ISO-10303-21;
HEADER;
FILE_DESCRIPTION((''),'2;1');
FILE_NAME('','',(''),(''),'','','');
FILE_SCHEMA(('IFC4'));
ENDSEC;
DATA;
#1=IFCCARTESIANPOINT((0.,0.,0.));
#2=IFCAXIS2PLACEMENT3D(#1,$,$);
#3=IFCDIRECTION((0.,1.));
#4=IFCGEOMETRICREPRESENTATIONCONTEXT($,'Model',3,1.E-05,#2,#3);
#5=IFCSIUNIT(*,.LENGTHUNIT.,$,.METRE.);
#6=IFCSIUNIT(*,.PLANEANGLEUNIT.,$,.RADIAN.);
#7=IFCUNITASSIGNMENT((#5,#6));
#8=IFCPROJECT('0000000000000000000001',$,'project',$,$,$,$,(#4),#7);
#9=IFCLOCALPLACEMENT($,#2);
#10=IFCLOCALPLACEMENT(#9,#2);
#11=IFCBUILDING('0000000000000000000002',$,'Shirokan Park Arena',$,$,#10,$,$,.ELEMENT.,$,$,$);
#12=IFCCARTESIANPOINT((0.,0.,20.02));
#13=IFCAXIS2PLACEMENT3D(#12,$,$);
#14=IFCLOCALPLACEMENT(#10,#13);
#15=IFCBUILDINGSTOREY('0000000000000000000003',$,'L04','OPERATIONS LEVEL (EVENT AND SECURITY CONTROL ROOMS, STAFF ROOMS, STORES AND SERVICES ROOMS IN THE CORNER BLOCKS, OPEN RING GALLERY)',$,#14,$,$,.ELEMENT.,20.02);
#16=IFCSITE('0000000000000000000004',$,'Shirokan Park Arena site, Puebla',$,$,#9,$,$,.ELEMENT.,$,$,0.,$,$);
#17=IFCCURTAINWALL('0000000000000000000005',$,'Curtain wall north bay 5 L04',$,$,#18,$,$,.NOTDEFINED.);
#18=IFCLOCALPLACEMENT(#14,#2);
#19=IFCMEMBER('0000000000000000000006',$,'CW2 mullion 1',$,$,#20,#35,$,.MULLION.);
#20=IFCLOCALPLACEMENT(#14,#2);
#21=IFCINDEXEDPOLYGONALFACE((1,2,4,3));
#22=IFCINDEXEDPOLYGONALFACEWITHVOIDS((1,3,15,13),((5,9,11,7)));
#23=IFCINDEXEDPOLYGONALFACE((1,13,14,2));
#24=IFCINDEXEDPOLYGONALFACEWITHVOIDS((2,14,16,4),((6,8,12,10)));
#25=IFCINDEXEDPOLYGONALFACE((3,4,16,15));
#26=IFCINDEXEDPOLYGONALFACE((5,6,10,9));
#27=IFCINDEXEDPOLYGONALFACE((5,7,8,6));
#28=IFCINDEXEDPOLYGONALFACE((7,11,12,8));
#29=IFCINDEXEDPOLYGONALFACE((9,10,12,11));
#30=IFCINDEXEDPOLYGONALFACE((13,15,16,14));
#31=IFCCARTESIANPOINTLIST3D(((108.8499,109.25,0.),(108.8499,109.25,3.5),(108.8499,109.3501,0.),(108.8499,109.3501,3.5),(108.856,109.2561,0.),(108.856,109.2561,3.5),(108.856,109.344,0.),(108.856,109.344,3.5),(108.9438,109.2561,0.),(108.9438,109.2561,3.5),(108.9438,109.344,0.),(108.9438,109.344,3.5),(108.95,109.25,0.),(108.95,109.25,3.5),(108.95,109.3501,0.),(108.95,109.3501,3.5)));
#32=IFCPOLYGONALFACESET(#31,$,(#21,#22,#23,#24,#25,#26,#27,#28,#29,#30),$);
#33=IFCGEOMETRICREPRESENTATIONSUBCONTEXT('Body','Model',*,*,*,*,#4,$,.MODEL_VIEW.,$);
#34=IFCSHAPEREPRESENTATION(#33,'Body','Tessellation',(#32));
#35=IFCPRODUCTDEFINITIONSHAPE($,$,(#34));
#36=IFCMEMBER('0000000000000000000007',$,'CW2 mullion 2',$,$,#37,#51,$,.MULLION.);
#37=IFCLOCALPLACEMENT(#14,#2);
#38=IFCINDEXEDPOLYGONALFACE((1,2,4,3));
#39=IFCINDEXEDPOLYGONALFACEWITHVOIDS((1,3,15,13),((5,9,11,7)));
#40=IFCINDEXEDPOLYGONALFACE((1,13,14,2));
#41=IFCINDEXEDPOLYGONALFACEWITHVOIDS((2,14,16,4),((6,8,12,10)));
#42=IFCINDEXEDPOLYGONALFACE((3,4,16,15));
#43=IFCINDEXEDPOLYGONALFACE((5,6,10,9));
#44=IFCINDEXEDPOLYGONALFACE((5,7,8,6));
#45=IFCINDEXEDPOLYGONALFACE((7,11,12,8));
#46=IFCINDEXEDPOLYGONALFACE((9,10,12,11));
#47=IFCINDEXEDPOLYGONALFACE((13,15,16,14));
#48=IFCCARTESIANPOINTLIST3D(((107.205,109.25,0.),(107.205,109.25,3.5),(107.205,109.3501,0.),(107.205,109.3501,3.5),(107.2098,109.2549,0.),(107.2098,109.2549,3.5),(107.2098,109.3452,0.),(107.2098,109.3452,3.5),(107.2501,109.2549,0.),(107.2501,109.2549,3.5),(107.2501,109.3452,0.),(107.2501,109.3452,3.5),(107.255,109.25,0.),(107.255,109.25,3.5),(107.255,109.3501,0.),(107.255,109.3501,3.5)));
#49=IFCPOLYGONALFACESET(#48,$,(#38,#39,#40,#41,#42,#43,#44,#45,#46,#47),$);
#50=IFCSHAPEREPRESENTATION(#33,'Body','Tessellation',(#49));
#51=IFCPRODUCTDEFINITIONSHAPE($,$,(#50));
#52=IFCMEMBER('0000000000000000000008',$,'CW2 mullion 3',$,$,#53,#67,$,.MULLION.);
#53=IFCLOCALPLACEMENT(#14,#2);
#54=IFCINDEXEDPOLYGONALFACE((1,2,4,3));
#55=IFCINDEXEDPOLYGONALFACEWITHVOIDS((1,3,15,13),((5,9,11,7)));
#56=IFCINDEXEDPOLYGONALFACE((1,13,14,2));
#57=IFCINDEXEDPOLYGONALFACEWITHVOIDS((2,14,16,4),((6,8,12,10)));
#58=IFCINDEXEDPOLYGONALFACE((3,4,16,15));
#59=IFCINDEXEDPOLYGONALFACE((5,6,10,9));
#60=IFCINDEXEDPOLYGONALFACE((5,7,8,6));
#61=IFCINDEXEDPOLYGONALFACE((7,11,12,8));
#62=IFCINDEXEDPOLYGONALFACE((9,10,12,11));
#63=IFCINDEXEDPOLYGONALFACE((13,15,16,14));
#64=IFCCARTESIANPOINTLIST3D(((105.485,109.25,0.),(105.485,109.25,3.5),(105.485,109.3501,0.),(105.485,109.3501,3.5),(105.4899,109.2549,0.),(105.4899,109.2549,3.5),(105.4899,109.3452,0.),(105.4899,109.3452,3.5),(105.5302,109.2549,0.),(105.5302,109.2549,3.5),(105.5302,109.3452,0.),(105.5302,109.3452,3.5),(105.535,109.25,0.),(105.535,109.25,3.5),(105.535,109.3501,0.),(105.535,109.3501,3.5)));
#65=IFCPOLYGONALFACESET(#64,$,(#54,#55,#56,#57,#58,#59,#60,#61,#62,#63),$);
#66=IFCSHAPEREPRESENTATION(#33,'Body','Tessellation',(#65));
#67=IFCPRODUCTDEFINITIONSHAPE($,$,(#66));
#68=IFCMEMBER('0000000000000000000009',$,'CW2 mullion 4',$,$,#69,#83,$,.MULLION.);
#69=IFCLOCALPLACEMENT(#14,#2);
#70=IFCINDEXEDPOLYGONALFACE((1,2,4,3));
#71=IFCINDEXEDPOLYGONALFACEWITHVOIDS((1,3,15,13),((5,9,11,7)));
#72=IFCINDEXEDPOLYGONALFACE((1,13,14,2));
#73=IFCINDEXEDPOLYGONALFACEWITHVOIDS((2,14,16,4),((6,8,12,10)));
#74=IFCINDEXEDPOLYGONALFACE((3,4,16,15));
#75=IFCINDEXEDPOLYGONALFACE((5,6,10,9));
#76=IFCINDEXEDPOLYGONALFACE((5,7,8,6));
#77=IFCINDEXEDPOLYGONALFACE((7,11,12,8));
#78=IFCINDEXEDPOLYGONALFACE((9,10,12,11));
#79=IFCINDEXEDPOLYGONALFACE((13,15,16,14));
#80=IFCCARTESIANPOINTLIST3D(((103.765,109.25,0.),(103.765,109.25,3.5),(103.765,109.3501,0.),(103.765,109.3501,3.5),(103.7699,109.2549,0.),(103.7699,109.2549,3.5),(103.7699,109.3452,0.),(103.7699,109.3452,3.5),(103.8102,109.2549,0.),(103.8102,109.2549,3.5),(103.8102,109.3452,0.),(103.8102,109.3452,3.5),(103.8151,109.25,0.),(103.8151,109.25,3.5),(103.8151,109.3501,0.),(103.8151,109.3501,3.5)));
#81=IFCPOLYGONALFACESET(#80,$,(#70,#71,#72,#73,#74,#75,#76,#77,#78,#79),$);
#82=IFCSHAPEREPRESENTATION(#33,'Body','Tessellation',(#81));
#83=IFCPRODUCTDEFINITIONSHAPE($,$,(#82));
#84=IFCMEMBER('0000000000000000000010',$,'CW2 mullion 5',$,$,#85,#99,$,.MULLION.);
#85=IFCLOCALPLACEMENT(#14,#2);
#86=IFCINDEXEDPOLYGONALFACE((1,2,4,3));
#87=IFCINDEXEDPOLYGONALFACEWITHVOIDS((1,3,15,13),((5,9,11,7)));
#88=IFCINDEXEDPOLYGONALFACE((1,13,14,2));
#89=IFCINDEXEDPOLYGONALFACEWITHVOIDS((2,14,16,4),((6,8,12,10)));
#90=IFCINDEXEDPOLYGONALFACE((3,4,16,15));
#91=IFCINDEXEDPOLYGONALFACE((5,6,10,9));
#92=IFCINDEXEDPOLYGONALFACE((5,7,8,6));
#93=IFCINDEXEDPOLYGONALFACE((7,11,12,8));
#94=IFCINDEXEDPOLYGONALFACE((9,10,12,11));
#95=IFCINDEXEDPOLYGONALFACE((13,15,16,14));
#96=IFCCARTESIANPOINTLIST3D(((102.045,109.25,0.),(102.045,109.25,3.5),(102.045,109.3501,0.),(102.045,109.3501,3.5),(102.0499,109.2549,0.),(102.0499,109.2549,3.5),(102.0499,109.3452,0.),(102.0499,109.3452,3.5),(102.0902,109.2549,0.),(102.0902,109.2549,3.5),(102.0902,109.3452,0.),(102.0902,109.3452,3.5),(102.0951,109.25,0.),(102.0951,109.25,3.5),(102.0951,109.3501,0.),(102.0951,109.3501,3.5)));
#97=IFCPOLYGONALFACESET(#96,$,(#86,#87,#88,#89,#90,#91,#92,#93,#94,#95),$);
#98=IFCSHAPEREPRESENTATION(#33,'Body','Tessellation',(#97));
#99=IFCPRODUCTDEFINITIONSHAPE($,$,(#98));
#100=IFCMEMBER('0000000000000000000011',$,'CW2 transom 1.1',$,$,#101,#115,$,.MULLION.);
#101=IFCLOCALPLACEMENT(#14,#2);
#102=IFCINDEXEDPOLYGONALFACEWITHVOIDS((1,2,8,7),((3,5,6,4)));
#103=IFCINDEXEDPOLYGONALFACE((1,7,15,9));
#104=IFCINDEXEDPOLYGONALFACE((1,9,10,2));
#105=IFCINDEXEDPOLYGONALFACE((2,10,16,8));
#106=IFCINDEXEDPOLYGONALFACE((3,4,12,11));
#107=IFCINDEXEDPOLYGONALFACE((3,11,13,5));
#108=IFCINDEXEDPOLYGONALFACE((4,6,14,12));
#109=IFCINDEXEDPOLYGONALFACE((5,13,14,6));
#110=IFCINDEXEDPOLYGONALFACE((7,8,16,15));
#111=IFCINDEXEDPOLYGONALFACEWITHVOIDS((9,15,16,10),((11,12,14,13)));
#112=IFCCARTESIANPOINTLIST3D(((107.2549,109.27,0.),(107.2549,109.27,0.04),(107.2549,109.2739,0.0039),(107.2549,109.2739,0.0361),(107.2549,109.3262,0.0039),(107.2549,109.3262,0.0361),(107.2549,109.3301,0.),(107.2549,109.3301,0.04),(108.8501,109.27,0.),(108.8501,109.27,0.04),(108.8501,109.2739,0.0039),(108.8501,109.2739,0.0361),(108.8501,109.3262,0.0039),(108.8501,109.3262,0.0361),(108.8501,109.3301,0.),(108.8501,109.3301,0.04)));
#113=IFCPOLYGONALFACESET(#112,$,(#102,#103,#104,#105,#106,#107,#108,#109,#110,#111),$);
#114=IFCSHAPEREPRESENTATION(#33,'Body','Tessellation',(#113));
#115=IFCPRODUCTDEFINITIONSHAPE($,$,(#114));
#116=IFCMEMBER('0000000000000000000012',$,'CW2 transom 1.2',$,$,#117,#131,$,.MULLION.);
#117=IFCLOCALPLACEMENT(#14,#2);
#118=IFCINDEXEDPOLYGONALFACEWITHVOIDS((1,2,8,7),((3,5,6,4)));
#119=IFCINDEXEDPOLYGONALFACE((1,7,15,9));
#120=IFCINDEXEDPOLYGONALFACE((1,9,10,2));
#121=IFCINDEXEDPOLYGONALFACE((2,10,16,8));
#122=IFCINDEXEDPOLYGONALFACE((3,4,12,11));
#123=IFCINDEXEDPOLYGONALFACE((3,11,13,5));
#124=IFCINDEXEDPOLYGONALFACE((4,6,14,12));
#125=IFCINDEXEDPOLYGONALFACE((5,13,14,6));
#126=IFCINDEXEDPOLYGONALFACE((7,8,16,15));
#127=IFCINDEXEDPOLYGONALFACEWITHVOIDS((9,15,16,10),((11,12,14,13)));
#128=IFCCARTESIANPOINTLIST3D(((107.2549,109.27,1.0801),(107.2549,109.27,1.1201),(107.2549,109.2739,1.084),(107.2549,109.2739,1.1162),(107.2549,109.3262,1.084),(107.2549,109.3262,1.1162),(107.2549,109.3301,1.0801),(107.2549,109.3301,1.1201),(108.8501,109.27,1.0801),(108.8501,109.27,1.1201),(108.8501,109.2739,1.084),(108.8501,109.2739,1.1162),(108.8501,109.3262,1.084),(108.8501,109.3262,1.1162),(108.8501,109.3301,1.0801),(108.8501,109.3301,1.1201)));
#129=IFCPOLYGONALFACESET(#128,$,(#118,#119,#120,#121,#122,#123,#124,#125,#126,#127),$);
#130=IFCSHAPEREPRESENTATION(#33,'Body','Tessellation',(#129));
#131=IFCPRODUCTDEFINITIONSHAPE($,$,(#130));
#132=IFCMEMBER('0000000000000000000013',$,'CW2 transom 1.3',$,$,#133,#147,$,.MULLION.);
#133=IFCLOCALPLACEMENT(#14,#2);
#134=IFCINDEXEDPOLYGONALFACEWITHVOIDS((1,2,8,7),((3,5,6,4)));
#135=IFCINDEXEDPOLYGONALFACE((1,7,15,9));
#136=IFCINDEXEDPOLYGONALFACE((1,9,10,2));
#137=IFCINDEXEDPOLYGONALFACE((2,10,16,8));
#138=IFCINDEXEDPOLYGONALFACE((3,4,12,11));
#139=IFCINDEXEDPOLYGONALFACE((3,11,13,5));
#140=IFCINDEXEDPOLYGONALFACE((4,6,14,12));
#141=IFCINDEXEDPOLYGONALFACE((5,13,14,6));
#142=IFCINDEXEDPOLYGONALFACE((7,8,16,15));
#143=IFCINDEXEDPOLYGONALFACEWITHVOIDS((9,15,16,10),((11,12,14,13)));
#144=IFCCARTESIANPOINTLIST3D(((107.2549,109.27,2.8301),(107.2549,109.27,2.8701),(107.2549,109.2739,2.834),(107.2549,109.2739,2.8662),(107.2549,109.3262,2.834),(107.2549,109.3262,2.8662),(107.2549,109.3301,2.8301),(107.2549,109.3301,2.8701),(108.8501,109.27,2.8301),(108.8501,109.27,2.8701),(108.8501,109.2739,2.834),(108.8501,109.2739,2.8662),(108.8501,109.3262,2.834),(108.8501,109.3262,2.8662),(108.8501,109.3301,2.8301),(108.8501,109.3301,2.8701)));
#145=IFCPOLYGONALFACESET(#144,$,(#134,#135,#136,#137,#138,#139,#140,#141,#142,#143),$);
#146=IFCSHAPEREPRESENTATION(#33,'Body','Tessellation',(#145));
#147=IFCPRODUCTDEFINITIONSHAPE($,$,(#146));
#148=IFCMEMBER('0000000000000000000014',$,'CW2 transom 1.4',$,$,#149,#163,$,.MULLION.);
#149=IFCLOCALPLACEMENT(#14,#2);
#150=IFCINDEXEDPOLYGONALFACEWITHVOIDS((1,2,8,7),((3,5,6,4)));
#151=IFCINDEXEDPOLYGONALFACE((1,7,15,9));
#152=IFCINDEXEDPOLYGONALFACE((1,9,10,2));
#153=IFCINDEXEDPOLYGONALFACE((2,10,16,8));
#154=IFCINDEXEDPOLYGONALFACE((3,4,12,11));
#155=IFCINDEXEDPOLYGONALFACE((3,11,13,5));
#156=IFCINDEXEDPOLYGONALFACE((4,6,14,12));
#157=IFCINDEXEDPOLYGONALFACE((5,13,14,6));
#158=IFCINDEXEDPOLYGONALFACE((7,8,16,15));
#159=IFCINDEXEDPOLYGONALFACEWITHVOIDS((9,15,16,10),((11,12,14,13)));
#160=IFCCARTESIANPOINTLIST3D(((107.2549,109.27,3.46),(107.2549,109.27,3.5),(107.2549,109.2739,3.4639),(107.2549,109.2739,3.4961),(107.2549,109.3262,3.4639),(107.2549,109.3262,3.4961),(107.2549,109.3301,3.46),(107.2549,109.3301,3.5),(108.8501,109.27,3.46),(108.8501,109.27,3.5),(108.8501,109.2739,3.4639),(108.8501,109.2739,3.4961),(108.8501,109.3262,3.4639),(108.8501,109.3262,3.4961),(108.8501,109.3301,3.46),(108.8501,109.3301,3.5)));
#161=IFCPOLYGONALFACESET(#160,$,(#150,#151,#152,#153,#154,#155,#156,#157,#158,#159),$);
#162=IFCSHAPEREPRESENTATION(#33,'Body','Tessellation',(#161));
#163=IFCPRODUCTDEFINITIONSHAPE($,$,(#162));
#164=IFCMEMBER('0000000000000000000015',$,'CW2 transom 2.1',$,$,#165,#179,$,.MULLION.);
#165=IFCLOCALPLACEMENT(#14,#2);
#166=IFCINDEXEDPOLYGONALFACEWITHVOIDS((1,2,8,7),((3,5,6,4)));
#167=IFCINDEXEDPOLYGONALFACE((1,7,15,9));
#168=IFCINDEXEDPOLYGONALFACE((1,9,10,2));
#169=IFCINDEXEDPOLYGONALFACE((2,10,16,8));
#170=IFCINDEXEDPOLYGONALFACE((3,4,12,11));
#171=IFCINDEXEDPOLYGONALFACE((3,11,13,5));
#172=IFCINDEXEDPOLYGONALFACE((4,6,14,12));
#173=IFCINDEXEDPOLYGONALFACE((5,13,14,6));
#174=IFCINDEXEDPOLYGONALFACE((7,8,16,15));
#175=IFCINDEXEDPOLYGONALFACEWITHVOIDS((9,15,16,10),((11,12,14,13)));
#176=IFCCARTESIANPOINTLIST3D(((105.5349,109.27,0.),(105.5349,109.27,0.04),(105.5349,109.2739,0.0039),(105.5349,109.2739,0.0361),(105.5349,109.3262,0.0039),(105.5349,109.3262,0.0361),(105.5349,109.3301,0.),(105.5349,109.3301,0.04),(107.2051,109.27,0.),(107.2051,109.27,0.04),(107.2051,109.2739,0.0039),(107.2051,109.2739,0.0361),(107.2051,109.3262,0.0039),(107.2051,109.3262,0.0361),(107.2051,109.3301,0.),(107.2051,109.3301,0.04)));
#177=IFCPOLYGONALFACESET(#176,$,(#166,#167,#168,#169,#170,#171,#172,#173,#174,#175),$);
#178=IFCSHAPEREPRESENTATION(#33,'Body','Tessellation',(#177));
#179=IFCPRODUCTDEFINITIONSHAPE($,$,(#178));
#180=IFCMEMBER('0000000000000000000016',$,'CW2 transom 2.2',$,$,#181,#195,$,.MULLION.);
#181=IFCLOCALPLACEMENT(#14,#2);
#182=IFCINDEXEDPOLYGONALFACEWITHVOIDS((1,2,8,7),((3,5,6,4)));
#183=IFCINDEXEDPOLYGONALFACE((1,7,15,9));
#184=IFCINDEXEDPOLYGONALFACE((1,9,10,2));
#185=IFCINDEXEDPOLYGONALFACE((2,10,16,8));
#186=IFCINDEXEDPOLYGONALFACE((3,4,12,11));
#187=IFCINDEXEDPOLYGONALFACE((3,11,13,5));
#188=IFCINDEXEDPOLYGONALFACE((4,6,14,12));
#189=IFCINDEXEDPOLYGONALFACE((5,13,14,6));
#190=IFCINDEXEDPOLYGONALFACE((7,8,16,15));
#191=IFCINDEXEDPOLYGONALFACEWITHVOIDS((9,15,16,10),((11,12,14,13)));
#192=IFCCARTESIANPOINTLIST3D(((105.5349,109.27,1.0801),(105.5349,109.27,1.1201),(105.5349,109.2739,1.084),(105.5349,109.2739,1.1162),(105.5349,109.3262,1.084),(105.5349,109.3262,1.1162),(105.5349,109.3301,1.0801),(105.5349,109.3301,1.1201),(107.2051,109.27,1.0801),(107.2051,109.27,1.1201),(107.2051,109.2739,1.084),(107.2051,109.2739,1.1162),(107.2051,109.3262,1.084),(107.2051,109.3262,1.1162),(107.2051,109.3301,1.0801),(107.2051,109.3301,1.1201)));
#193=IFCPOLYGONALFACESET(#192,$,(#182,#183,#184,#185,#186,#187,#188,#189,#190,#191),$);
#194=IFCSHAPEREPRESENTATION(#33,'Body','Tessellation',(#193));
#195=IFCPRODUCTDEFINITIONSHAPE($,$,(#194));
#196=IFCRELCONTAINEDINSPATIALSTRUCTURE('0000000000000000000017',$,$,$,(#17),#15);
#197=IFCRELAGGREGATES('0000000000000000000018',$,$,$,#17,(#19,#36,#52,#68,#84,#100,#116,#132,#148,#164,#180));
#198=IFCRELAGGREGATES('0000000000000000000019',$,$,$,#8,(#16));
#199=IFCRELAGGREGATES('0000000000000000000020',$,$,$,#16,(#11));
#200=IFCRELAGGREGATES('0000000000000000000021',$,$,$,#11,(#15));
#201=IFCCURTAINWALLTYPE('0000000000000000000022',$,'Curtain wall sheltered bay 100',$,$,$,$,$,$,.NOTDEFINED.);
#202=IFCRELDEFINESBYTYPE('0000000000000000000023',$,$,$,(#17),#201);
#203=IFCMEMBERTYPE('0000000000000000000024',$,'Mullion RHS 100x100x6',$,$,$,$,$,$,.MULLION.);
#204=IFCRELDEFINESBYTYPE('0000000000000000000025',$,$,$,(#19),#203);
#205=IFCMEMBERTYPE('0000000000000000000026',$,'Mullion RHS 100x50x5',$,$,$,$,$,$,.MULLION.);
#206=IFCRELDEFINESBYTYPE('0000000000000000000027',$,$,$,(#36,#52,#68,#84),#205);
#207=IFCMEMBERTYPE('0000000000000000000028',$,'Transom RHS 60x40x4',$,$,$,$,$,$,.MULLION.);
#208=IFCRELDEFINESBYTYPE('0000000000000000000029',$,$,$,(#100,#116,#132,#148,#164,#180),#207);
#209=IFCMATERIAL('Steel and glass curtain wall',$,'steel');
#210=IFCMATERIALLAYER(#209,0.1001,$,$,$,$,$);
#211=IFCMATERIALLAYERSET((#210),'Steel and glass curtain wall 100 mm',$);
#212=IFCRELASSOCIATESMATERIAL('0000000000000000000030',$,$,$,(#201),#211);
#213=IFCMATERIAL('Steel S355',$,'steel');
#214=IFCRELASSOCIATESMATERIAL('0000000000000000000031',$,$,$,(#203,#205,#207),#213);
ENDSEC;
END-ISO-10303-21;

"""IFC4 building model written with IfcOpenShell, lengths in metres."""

from ifc_helpers import new_model, si_unit, direction, frame, origin, origin_2d, place, context, subcontext, project, spatial, hollow_rectangle, extrude, material, layer, layer_set, material_profile, profile_set, type_object, element, aggregate, save


model = new_model("IFC4")

# Units and contexts
model_context = context("Model", 3, precision=1e-05, world=origin(), true_north=direction((0.0, 1.0)))
body_context = subcontext(model_context, "Body", "Model", "MODEL_VIEW")
ifc_project = project(units=[si_unit("LENGTHUNIT", "METRE"), si_unit("PLANEANGLEUNIT", "RADIAN")], contexts=[model_context])

# Site, building, storey
site_placement = place(None, origin())
site = spatial("IfcSite", under=ifc_project, at=site_placement, Name="Shirokan Park Arena site, Puebla", CompositionType="ELEMENT", RefElevation=0.0)
building_placement = place(site_placement, origin())
building = spatial("IfcBuilding", under=site, at=building_placement, Name="Shirokan Park Arena", CompositionType="ELEMENT")
storey_placement = place(building_placement, frame((0.0, 0.0, 20.02)))
storey = spatial("IfcBuildingStorey", under=building, at=storey_placement, Name="L04", Description="OPERATIONS LEVEL (EVENT AND SECURITY CONTROL ROOMS, STAFF ROOMS, STORES AND SERVICES ROOMS IN THE CORNER BLOCKS, OPEN RING GALLERY)", CompositionType="ELEMENT", Elevation=20.02)

# Curtain wall, members
ifc_material_1 = material(Name="Steel and glass curtain wall", Category="steel")
ifc_layer_1 = layer(ifc_material_1, 0.1001)
ifc_layer_set_1 = layer_set([ifc_layer_1], Name="Steel and glass curtain wall 100 mm")
curtain_wall_type = type_object("IfcCurtainWallType", Name="Curtain wall sheltered bay 100", PredefinedType="NOTDEFINED", material=ifc_layer_set_1)
curtain_wall_placement = place(storey_placement, origin())
curtain_wall = element("IfcCurtainWall", 1, at=curtain_wall_placement, inside=storey, type_object=curtain_wall_type, Name="Curtain wall north bay 5 L04", PredefinedType="NOTDEFINED")
ifc_material_2 = material(Name="Steel S355", Category="steel")
ifc_material_profile_1 = material_profile(ifc_material_2, hollow_rectangle(XDim=0.1001, YDim=0.1001, WallThickness=0.0061, at=origin_2d()), Name="RHS 100x100x6")
ifc_profile_set_1 = profile_set([ifc_material_profile_1], Name="Steel S355")
member_type_1 = type_object("IfcMemberType", Name="Mullion RHS 100x100x6", PredefinedType="MULLION", material=ifc_profile_set_1)
member_1_placement = place(storey_placement, frame((108.8999, 109.3, 0.0), z_axis=(0.0, 0.0, 1.0), x_axis=(0.0, -1.0, 0.0)))
member_1 = element("IfcMember", 2, at=member_1_placement, type_object=member_type_1, Name="CW2 mullion 1", PredefinedType="MULLION", context=body_context, shape_type="SweptSolid", body=[
    extrude(hollow_rectangle(XDim=0.1001, YDim=0.1001, WallThickness=0.0061, at=origin_2d()), origin(), (0.0, 0.0, 1.0), 3.5),
])
ifc_material_profile_2 = material_profile(ifc_material_2, hollow_rectangle(XDim=0.1001, YDim=0.05, WallThickness=0.0049, at=origin_2d()), Name="RHS 100x50x5")
ifc_profile_set_2 = profile_set([ifc_material_profile_2], Name="Steel S355")
member_type_2 = type_object("IfcMemberType", Name="Mullion RHS 100x50x5", PredefinedType="MULLION", material=ifc_profile_set_2)
member_2_placement = place(storey_placement, frame((107.23, 109.3, 0.0), z_axis=(0.0, 0.0, 1.0), x_axis=(0.0, -1.0, 0.0)))
member_2 = element("IfcMember", 3, at=member_2_placement, type_object=member_type_2, Name="CW2 mullion 2", PredefinedType="MULLION", context=body_context, shape_type="SweptSolid", body=[
    extrude(hollow_rectangle(XDim=0.1001, YDim=0.05, WallThickness=0.0049, at=origin_2d()), origin(), (0.0, 0.0, 1.0), 3.5),
])
member_3_placement = place(storey_placement, frame((105.51, 109.3, 0.0), z_axis=(0.0, 0.0, 1.0), x_axis=(0.0, -1.0, 0.0)))
member_3 = element("IfcMember", 4, at=member_3_placement, type_object=member_type_2, Name="CW2 mullion 3", PredefinedType="MULLION", context=body_context, shape_type="SweptSolid", body=[
    extrude(hollow_rectangle(XDim=0.1001, YDim=0.05, WallThickness=0.0049, at=origin_2d()), origin(), (0.0, 0.0, 1.0), 3.5),
])
member_4_placement = place(storey_placement, frame((103.79, 109.3, 0.0), z_axis=(0.0, 0.0, 1.0), x_axis=(0.0, -1.0, 0.0)))
member_4 = element("IfcMember", 5, at=member_4_placement, type_object=member_type_2, Name="CW2 mullion 4", PredefinedType="MULLION", context=body_context, shape_type="SweptSolid", body=[
    extrude(hollow_rectangle(XDim=0.1001, YDim=0.05, WallThickness=0.0049, at=origin_2d()), origin(), (0.0, 0.0, 1.0), 3.5),
])
member_5_placement = place(storey_placement, frame((102.0701, 109.3, 0.0), z_axis=(0.0, 0.0, 1.0), x_axis=(0.0, -1.0, 0.0)))
member_5 = element("IfcMember", 6, at=member_5_placement, type_object=member_type_2, Name="CW2 mullion 5", PredefinedType="MULLION", context=body_context, shape_type="SweptSolid", body=[
    extrude(hollow_rectangle(XDim=0.1001, YDim=0.05, WallThickness=0.0049, at=origin_2d()), origin(), (0.0, 0.0, 1.0), 3.5),
])
ifc_material_profile_3 = material_profile(ifc_material_2, hollow_rectangle(XDim=0.0601, YDim=0.04, WallThickness=0.0039, at=origin_2d()), Name="RHS 60x40x4")
ifc_profile_set_3 = profile_set([ifc_material_profile_3], Name="Steel S355")
member_type_3 = type_object("IfcMemberType", Name="Transom RHS 60x40x4", PredefinedType="MULLION", material=ifc_profile_set_3)
member_6_placement = place(storey_placement, frame((108.8501, 109.3, 0.02), z_axis=(-1.0, 0.0, 0.0), x_axis=(0.0, -1.0, 0.0)))
member_6 = element("IfcMember", 7, at=member_6_placement, type_object=member_type_3, Name="CW2 transom 1.1", PredefinedType="MULLION", context=body_context, shape_type="SweptSolid", body=[
    extrude(hollow_rectangle(XDim=0.0601, YDim=0.04, WallThickness=0.0039, at=origin_2d()), origin(), (0.0, 0.0, 1.0), 1.5952),
])
member_7_placement = place(storey_placement, frame((108.8501, 109.3, 1.1001), z_axis=(-1.0, 0.0, 0.0), x_axis=(0.0, -1.0, 0.0)))
member_7 = element("IfcMember", 8, at=member_7_placement, type_object=member_type_3, Name="CW2 transom 1.2", PredefinedType="MULLION", context=body_context, shape_type="SweptSolid", body=[
    extrude(hollow_rectangle(XDim=0.0601, YDim=0.04, WallThickness=0.0039, at=origin_2d()), origin(), (0.0, 0.0, 1.0), 1.5952),
])
member_8_placement = place(storey_placement, frame((108.8501, 109.3, 2.8501), z_axis=(-1.0, 0.0, 0.0), x_axis=(0.0, -1.0, 0.0)))
member_8 = element("IfcMember", 9, at=member_8_placement, type_object=member_type_3, Name="CW2 transom 1.3", PredefinedType="MULLION", context=body_context, shape_type="SweptSolid", body=[
    extrude(hollow_rectangle(XDim=0.0601, YDim=0.04, WallThickness=0.0039, at=origin_2d()), origin(), (0.0, 0.0, 1.0), 1.5952),
])
member_9_placement = place(storey_placement, frame((108.8501, 109.3, 3.48), z_axis=(-1.0, 0.0, 0.0), x_axis=(0.0, -1.0, 0.0)))
member_9 = element("IfcMember", 10, at=member_9_placement, type_object=member_type_3, Name="CW2 transom 1.4", PredefinedType="MULLION", context=body_context, shape_type="SweptSolid", body=[
    extrude(hollow_rectangle(XDim=0.0601, YDim=0.04, WallThickness=0.0039, at=origin_2d()), origin(), (0.0, 0.0, 1.0), 1.5952),
])
member_10_placement = place(storey_placement, frame((107.2051, 109.3, 0.02), z_axis=(-1.0, 0.0, 0.0), x_axis=(0.0, -1.0, 0.0)))
member_10 = element("IfcMember", 11, at=member_10_placement, type_object=member_type_3, Name="CW2 transom 2.1", PredefinedType="MULLION", context=body_context, shape_type="SweptSolid", body=[
    extrude(hollow_rectangle(XDim=0.0601, YDim=0.04, WallThickness=0.0039, at=origin_2d()), origin(), (0.0, 0.0, 1.0), 1.6702),
])
member_11_placement = place(storey_placement, frame((107.2051, 109.3, 1.1001), z_axis=(-1.0, 0.0, 0.0), x_axis=(0.0, -1.0, 0.0)))
member_11 = element("IfcMember", 12, at=member_11_placement, type_object=member_type_3, Name="CW2 transom 2.2", PredefinedType="MULLION", context=body_context, shape_type="SweptSolid", body=[
    extrude(hollow_rectangle(XDim=0.0601, YDim=0.04, WallThickness=0.0039, at=origin_2d()), origin(), (0.0, 0.0, 1.0), 1.6702),
])
aggregate(curtain_wall, [member_1, member_2, member_3, member_4, member_5, member_6, member_7, member_8, member_9, member_10, member_11])

save(model, "model.ifc")
